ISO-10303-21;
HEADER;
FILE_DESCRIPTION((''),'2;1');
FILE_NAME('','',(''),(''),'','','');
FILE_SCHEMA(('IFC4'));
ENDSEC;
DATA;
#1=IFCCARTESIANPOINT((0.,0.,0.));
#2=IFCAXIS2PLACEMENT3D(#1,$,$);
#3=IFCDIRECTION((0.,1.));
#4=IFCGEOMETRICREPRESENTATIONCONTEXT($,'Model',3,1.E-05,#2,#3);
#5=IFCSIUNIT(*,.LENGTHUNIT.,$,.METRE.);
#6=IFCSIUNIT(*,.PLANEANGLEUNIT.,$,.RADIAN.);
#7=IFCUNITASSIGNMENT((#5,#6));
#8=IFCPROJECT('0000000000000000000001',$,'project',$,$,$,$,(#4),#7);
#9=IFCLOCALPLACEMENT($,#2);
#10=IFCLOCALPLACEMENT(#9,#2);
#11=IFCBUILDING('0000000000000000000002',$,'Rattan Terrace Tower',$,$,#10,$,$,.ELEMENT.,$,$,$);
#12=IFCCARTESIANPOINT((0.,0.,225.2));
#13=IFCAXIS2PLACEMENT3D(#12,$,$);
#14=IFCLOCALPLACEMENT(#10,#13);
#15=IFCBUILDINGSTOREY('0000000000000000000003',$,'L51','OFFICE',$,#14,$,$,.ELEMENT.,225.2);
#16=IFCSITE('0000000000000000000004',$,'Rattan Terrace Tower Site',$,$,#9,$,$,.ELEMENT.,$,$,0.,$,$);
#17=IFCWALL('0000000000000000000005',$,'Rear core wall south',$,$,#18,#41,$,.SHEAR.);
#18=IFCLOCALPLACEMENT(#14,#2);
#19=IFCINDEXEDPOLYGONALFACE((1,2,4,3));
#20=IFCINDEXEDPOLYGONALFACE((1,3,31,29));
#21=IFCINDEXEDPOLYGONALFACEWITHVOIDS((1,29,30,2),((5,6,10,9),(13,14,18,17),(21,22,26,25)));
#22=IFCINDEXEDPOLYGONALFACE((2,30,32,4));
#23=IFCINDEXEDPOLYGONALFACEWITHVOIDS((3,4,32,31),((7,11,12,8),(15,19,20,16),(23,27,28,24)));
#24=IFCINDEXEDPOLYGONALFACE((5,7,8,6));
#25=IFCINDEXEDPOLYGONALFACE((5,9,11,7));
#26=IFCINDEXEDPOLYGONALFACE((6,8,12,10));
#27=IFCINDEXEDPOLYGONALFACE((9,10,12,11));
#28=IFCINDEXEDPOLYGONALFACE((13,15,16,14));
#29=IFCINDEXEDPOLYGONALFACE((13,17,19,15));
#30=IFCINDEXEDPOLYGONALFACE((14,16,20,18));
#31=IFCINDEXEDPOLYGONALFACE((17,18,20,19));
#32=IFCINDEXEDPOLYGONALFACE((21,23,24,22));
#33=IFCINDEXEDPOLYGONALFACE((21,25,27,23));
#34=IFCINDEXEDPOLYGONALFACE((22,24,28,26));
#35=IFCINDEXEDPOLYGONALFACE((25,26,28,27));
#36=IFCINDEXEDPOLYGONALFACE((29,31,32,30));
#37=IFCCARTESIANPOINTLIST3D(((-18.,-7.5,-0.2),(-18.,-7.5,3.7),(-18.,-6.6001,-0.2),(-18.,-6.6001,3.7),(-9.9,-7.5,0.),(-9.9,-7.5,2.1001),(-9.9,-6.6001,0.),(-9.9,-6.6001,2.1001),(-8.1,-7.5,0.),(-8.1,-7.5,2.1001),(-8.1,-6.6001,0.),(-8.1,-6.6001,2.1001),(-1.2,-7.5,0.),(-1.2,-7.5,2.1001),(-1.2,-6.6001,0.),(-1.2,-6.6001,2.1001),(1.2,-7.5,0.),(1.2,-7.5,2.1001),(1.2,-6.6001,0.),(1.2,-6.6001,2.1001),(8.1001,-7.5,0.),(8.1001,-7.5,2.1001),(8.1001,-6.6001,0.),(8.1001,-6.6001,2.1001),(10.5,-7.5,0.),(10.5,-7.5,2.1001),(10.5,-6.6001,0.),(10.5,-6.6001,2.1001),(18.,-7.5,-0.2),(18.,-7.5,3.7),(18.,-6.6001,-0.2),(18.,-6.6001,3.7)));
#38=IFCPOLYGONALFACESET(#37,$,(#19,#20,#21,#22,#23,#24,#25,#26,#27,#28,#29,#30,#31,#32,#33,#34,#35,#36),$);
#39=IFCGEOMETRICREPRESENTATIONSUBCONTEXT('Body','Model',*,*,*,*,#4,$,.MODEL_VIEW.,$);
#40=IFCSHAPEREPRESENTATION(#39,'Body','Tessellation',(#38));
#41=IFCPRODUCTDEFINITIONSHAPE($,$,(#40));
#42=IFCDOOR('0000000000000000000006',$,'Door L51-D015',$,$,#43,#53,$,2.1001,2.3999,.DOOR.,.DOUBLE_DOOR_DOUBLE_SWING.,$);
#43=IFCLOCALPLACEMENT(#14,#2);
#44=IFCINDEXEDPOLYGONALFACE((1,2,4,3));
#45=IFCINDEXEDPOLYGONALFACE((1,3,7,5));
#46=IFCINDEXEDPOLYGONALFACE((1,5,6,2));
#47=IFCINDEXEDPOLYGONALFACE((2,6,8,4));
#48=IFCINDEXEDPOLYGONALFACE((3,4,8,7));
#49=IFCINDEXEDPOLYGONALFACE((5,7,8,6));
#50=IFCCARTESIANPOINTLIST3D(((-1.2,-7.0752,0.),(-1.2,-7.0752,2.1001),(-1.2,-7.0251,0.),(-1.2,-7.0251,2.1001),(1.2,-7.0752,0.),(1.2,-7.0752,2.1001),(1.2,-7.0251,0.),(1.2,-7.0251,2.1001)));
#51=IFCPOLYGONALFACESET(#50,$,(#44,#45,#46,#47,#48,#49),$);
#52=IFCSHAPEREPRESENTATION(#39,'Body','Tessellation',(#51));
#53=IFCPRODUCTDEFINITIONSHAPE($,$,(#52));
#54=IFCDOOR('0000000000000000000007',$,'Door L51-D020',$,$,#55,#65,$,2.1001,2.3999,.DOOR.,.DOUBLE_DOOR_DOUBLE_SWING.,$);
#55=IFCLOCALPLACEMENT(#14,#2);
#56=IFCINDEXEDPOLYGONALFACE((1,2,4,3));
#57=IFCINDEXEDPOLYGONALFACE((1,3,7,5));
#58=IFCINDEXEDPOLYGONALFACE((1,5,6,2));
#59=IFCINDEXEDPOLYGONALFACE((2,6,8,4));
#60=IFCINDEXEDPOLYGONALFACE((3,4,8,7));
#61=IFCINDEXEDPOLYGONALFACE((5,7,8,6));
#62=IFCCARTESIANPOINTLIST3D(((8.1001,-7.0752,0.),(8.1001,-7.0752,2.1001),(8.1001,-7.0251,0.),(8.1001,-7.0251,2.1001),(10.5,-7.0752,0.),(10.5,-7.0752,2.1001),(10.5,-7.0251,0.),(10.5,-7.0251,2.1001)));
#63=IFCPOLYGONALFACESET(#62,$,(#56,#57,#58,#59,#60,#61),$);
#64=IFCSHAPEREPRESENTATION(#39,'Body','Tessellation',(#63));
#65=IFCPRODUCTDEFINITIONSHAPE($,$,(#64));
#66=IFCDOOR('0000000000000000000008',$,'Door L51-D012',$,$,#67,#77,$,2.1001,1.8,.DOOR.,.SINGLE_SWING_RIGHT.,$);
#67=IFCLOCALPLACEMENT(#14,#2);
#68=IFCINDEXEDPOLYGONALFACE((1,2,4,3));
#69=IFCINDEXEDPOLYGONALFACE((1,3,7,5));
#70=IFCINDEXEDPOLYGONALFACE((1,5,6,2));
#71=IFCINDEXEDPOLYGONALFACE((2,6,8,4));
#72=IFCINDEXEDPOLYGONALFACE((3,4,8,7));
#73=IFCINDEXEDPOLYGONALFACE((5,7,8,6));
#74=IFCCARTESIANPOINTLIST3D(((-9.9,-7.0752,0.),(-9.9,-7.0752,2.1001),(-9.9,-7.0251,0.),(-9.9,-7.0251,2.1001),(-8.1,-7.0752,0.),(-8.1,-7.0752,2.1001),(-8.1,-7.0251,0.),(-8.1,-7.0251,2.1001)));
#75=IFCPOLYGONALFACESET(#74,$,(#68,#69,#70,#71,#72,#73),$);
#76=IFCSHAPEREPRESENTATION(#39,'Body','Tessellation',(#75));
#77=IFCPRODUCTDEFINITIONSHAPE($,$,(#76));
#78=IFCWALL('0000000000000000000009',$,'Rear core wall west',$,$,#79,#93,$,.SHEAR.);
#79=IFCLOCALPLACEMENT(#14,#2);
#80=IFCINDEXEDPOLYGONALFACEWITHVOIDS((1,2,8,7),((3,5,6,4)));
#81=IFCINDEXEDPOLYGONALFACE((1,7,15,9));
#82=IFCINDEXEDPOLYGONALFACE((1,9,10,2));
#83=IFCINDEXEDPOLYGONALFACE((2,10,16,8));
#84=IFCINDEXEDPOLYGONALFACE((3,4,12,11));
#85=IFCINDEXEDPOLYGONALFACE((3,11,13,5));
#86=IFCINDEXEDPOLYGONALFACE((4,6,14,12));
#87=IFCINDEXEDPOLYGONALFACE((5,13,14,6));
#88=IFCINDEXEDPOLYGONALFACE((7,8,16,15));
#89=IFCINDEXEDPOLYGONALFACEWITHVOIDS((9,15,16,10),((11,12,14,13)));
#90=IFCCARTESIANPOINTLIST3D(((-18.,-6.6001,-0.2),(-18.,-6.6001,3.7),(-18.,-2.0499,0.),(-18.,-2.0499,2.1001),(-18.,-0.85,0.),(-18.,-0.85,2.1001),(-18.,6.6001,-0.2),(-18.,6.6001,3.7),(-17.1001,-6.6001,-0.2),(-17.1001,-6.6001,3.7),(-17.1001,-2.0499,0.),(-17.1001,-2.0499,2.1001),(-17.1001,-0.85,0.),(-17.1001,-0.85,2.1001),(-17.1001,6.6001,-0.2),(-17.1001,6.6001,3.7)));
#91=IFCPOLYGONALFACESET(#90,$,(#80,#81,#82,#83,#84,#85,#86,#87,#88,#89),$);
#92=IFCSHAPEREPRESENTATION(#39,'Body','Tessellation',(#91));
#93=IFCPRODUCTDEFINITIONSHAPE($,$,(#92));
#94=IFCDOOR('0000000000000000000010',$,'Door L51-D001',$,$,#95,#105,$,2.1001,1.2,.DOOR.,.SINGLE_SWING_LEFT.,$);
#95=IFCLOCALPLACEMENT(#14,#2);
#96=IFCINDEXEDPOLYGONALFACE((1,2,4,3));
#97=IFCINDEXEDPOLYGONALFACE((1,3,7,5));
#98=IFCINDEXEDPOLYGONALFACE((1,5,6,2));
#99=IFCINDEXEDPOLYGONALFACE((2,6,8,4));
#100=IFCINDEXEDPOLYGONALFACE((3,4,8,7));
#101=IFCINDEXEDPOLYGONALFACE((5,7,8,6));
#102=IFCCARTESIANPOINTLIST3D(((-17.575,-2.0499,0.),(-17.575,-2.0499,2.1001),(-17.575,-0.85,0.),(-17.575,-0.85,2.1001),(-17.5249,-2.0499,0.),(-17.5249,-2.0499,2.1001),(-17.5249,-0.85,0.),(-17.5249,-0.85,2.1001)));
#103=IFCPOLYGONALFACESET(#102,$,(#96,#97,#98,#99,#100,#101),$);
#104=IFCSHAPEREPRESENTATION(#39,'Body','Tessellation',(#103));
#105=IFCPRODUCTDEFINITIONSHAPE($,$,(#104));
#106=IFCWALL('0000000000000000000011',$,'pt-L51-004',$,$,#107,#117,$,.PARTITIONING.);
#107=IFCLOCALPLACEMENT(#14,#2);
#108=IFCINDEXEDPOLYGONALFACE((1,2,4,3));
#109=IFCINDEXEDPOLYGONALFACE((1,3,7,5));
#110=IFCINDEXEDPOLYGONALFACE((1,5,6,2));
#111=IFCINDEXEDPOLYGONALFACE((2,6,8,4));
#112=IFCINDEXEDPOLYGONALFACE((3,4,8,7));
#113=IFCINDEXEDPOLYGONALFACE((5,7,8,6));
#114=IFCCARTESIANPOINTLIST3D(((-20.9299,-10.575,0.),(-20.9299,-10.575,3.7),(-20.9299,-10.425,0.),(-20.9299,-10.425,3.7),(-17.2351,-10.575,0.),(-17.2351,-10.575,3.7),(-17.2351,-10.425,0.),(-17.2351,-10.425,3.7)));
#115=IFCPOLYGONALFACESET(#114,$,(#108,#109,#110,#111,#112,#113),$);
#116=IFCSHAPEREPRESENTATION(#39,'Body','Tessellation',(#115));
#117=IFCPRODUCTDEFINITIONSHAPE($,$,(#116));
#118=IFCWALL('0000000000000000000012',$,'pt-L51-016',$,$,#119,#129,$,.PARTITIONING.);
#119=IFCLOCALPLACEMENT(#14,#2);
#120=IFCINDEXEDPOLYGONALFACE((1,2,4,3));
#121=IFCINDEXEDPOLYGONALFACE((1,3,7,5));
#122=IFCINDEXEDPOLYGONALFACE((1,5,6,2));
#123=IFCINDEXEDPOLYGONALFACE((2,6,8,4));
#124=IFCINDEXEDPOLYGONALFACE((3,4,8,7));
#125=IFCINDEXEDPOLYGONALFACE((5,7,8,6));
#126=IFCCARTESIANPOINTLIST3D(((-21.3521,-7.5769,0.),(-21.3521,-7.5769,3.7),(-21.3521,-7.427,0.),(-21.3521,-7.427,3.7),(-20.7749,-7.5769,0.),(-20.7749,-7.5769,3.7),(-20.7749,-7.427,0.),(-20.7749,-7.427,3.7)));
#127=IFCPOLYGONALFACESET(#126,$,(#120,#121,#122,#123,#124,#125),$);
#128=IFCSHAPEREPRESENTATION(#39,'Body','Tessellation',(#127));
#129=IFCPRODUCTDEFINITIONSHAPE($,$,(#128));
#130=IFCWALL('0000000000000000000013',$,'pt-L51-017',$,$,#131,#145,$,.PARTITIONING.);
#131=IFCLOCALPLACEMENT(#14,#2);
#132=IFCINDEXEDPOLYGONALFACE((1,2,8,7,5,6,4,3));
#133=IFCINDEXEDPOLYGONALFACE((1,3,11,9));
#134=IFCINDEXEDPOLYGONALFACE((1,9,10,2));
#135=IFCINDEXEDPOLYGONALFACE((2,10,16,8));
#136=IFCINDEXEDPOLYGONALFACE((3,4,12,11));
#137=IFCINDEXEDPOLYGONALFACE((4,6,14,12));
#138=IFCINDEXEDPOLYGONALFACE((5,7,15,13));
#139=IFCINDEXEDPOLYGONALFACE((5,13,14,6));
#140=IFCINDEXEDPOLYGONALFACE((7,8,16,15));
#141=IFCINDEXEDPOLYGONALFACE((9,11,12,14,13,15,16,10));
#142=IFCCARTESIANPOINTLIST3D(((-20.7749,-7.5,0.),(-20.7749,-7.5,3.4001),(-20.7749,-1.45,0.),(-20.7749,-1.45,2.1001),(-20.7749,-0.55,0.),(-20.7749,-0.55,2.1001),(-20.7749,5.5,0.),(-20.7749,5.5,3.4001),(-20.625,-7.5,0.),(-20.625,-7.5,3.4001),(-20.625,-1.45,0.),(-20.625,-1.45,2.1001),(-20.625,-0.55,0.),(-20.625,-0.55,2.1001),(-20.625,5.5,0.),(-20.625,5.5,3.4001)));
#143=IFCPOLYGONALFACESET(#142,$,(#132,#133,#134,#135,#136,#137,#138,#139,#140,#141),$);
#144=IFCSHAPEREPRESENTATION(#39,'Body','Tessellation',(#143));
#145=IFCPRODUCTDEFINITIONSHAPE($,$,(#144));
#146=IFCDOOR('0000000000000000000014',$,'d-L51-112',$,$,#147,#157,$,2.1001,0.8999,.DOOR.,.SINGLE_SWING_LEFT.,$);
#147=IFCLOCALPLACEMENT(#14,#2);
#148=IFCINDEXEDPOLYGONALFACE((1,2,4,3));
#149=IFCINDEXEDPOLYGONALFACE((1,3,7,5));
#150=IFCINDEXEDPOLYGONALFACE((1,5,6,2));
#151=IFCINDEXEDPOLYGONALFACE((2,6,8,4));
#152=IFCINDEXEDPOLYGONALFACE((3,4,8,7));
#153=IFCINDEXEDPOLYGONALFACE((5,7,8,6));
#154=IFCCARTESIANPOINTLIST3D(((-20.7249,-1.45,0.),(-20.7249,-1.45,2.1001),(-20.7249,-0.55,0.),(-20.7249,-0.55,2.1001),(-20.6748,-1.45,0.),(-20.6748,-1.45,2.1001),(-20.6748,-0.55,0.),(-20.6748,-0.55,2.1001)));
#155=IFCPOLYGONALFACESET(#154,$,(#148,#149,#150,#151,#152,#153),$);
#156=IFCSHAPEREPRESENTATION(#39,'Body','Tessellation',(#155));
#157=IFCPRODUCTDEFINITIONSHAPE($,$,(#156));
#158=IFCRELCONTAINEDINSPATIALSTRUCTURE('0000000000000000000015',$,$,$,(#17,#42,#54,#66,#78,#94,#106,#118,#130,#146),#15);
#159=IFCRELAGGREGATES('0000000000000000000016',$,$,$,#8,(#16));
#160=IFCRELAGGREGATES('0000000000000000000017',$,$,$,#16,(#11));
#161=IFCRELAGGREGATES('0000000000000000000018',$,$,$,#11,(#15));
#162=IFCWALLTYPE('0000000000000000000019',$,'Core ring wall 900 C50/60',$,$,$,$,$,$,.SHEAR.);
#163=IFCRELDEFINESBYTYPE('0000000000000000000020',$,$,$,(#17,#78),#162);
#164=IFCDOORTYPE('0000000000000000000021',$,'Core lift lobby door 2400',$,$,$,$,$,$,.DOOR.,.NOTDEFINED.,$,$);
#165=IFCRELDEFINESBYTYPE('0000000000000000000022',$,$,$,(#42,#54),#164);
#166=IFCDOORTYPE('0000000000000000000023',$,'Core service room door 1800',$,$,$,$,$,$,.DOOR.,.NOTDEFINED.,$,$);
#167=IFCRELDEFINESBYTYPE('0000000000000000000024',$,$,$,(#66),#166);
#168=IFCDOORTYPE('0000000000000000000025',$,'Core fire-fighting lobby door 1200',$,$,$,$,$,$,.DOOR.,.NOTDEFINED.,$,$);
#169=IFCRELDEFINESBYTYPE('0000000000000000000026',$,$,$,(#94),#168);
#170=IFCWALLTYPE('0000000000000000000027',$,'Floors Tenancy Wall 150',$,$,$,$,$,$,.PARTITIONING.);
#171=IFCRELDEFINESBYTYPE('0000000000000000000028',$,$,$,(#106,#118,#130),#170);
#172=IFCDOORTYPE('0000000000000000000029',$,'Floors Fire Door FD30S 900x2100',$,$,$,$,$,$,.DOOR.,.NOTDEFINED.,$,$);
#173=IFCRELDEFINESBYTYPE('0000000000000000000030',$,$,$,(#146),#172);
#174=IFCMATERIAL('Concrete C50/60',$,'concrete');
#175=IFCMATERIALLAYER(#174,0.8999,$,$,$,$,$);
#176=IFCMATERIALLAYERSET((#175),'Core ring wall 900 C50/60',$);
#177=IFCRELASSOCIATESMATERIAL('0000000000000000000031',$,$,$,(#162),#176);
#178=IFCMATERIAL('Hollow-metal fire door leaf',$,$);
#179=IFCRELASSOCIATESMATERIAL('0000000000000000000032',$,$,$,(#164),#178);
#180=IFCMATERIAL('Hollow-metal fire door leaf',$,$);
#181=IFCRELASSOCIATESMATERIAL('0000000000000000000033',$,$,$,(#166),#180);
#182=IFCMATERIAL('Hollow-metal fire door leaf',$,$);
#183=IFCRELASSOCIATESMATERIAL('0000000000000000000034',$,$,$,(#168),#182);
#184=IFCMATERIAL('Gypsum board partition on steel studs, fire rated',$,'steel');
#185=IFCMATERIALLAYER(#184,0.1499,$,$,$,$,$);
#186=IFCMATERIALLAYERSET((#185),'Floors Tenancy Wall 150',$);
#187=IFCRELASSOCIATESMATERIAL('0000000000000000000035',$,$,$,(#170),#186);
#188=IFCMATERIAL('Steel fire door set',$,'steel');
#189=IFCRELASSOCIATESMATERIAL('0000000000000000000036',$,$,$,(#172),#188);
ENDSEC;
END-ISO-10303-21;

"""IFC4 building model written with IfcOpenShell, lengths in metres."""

from ifc_helpers import new_model, si_unit, direction, frame, frame_2d, origin, place, context, subcontext, project, spatial, rectangle, extrude, material, layer, layer_set, type_object, element, fill, save


model = new_model("IFC4")

# Units and contexts
model_context = context("Model", 3, precision=1e-05, world=origin(), true_north=direction((0.0, 1.0)))
body_context = subcontext(model_context, "Body", "Model", "MODEL_VIEW")
ifc_project = project(units=[si_unit("LENGTHUNIT", "METRE"), si_unit("PLANEANGLEUNIT", "RADIAN")], contexts=[model_context])

# Site, building, storey
site_placement = place(None, origin())
site = spatial("IfcSite", under=ifc_project, at=site_placement, Name="Rattan Terrace Tower Site", CompositionType="ELEMENT", RefElevation=0.0)
building_placement = place(site_placement, origin())
building = spatial("IfcBuilding", under=site, at=building_placement, Name="Rattan Terrace Tower", CompositionType="ELEMENT")
storey_placement = place(building_placement, frame((0.0, 0.0, 225.2)))
storey = spatial("IfcBuildingStorey", under=building, at=storey_placement, Name="L51", Description="OFFICE", CompositionType="ELEMENT", Elevation=225.2)

# Wall, openings, doors
ifc_material_1 = material(Name="Concrete C50/60", Category="concrete")
ifc_layer_1 = layer(ifc_material_1, 0.8999)
ifc_layer_set_1 = layer_set([ifc_layer_1], Name="Core ring wall 900 C50/60")
wall_type_1 = type_object("IfcWallType", Name="Core ring wall 900 C50/60", PredefinedType="SHEAR", material=ifc_layer_set_1)
wall_1_placement = place(storey_placement, frame((-18.0, -7.05, -0.2), z_axis=(0.0, 0.0, 1.0), x_axis=(1.0, 0.0, 0.0)))
wall_1 = element("IfcWall", 1, at=wall_1_placement, inside=storey, type_object=wall_type_1, Name="Rear core wall south", PredefinedType="SHEAR", context=body_context, shape_type="SweptSolid", body=[
    extrude(rectangle(XDim=36.0, YDim=0.8999, at=frame_2d((18.0, 0.0))), origin(), (0.0, 0.0, 1.0), 3.8999),
])
opening_1_placement = place(wall_1_placement, frame((8.1001, 0.0, 0.2)))
opening_1 = element("IfcOpeningElement", 2, at=opening_1_placement, cuts=wall_1, PredefinedType="OPENING", context=body_context, shape_type="SweptSolid", body=[
    extrude(rectangle(XDim=1.8, YDim=2.1001, at=frame_2d((0.8999, 1.05))), frame((0.0, 0.4604, 0.0), z_axis=(0.0, -1.0, 0.0), x_axis=(1.0, 0.0, 0.0)), (0.0, 0.0, 1.0), 0.9209),
])
opening_2_placement = place(wall_1_placement, frame((16.8, 0.0, 0.2)))
opening_2 = element("IfcOpeningElement", 3, at=opening_2_placement, cuts=wall_1, PredefinedType="OPENING", context=body_context, shape_type="SweptSolid", body=[
    extrude(rectangle(XDim=2.3999, YDim=2.1001, at=frame_2d((1.2, 1.05))), frame((0.0, 0.4604, 0.0), z_axis=(0.0, -1.0, 0.0), x_axis=(1.0, 0.0, 0.0)), (0.0, 0.0, 1.0), 0.9209),
])
opening_3_placement = place(wall_1_placement, frame((26.1001, 0.0, 0.2)))
opening_3 = element("IfcOpeningElement", 4, at=opening_3_placement, cuts=wall_1, PredefinedType="OPENING", context=body_context, shape_type="SweptSolid", body=[
    extrude(rectangle(XDim=2.3999, YDim=2.1001, at=frame_2d((1.2, 1.05))), frame((0.0, 0.4604, 0.0), z_axis=(0.0, -1.0, 0.0), x_axis=(1.0, 0.0, 0.0)), (0.0, 0.0, 1.0), 0.9209),
])
ifc_material_2 = material(Name="Hollow-metal fire door leaf")
door_type_1 = type_object("IfcDoorType", Name="Core lift lobby door 2400", OperationType="NOTDEFINED", PredefinedType="DOOR", material=ifc_material_2)
door_1_placement = place(opening_2_placement, origin())
door_1 = element("IfcDoor", 5, at=door_1_placement, inside=storey, type_object=door_type_1, Name="Door L51-D015", OperationType="DOUBLE_DOOR_DOUBLE_SWING", OverallHeight=2.1001, OverallWidth=2.3999, PredefinedType="DOOR", context=body_context, shape_type="SweptSolid", body=[
    extrude(rectangle(XDim=2.3999, YDim=2.1001, at=frame_2d((1.2, 1.05))), frame((0.0, 0.0249, 0.0), z_axis=(0.0, -1.0, 0.0), x_axis=(1.0, 0.0, 0.0)), (0.0, 0.0, 1.0), 0.05),
])
fill(opening_2, door_1)
door_2_placement = place(opening_3_placement, origin())
door_2 = element("IfcDoor", 6, at=door_2_placement, inside=storey, type_object=door_type_1, Name="Door L51-D020", OperationType="DOUBLE_DOOR_DOUBLE_SWING", OverallHeight=2.1001, OverallWidth=2.3999, PredefinedType="DOOR", context=body_context, shape_type="SweptSolid", body=[
    extrude(rectangle(XDim=2.3999, YDim=2.1001, at=frame_2d((1.2, 1.05))), frame((0.0, 0.0249, 0.0), z_axis=(0.0, -1.0, 0.0), x_axis=(1.0, 0.0, 0.0)), (0.0, 0.0, 1.0), 0.05),
])
fill(opening_3, door_2)
ifc_material_3 = material(Name="Hollow-metal fire door leaf")
door_type_2 = type_object("IfcDoorType", Name="Core service room door 1800", OperationType="NOTDEFINED", PredefinedType="DOOR", material=ifc_material_3)
door_3_placement = place(opening_1_placement, origin())
door_3 = element("IfcDoor", 7, at=door_3_placement, inside=storey, type_object=door_type_2, Name="Door L51-D012", OperationType="SINGLE_SWING_RIGHT", OverallHeight=2.1001, OverallWidth=1.8, PredefinedType="DOOR", context=body_context, shape_type="SweptSolid", body=[
    extrude(rectangle(XDim=1.8, YDim=2.1001, at=frame_2d((0.8999, 1.05))), frame((0.0, 0.0249, 0.0), z_axis=(0.0, -1.0, 0.0), x_axis=(1.0, 0.0, 0.0)), (0.0, 0.0, 1.0), 0.05),
])
fill(opening_1, door_3)

# Wall, opening, door
wall_2_placement = place(storey_placement, frame((-17.55, -6.6001, -0.2), z_axis=(0.0, 0.0, 1.0), x_axis=(0.0, 1.0, 0.0)))
wall_2 = element("IfcWall", 8, at=wall_2_placement, inside=storey, type_object=wall_type_1, Name="Rear core wall west", PredefinedType="SHEAR", context=body_context, shape_type="SweptSolid", body=[
    extrude(rectangle(XDim=13.2002, YDim=0.8999, at=frame_2d((6.6001, 0.0))), origin(), (0.0, 0.0, 1.0), 3.8999),
])
opening_4_placement = place(wall_2_placement, frame((4.55, 0.0, 0.2)))
opening_4 = element("IfcOpeningElement", 9, at=opening_4_placement, cuts=wall_2, PredefinedType="OPENING", context=body_context, shape_type="SweptSolid", body=[
    extrude(rectangle(XDim=1.2, YDim=2.1001, at=frame_2d((0.6001, 1.05))), frame((0.0, 0.4604, 0.0), z_axis=(0.0, -1.0, 0.0), x_axis=(1.0, 0.0, 0.0)), (0.0, 0.0, 1.0), 0.9209),
])
ifc_material_4 = material(Name="Hollow-metal fire door leaf")
door_type_3 = type_object("IfcDoorType", Name="Core fire-fighting lobby door 1200", OperationType="NOTDEFINED", PredefinedType="DOOR", material=ifc_material_4)
door_4_placement = place(opening_4_placement, origin())
door_4 = element("IfcDoor", 10, at=door_4_placement, inside=storey, type_object=door_type_3, Name="Door L51-D001", OperationType="SINGLE_SWING_LEFT", OverallHeight=2.1001, OverallWidth=1.2, PredefinedType="DOOR", context=body_context, shape_type="SweptSolid", body=[
    extrude(rectangle(XDim=1.2, YDim=2.1001, at=frame_2d((0.6001, 1.05))), frame((0.0, 0.0249, 0.0), z_axis=(0.0, -1.0, 0.0), x_axis=(1.0, 0.0, 0.0)), (0.0, 0.0, 1.0), 0.05),
])
fill(opening_4, door_4)

# Walls
ifc_material_5 = material(Name="Gypsum board partition on steel studs, fire rated", Category="steel")
ifc_layer_2 = layer(ifc_material_5, 0.1499)
ifc_layer_set_2 = layer_set([ifc_layer_2], Name="Floors Tenancy Wall 150")
wall_type_2 = type_object("IfcWallType", Name="Floors Tenancy Wall 150", PredefinedType="PARTITIONING", material=ifc_layer_set_2)
wall_3_placement = place(storey_placement, frame((-17.2351, -10.5, 0.0), z_axis=(0.0, 0.0, 1.0), x_axis=(-1.0, 0.0, 0.0)))
element("IfcWall", 11, at=wall_3_placement, inside=storey, type_object=wall_type_2, Name="pt-L51-004", PredefinedType="PARTITIONING", context=body_context, shape_type="SweptSolid", body=[
    extrude(rectangle(XDim=3.6948, YDim=0.1499, at=frame_2d((1.8474, 0.0))), origin(), (0.0, 0.0, 1.0), 3.7),
])
wall_4_placement = place(storey_placement, frame((-21.3521, -7.502, 0.0), z_axis=(0.0, 0.0, 1.0), x_axis=(1.0, 0.0, 0.0)))
element("IfcWall", 12, at=wall_4_placement, inside=storey, type_object=wall_type_2, Name="pt-L51-016", PredefinedType="PARTITIONING", context=body_context, shape_type="SweptSolid", body=[
    extrude(rectangle(XDim=0.5771, YDim=0.1499, at=frame_2d((0.2886, 0.0))), origin(), (0.0, 0.0, 1.0), 3.7),
])

# Wall, opening, door
wall_5_placement = place(storey_placement, frame((-20.7, -7.5, 0.0), z_axis=(0.0, 0.0, 1.0), x_axis=(0.0, 1.0, 0.0)))
wall_5 = element("IfcWall", 13, at=wall_5_placement, inside=storey, type_object=wall_type_2, Name="pt-L51-017", PredefinedType="PARTITIONING", context=body_context, shape_type="SweptSolid", body=[
    extrude(rectangle(XDim=13.0, YDim=0.1499, at=frame_2d((6.5, 0.0))), origin(), (0.0, 0.0, 1.0), 3.4001),
])
opening_5_placement = place(wall_5_placement, frame((6.05, 0.0, 0.0)))
opening_5 = element("IfcOpeningElement", 14, at=opening_5_placement, cuts=wall_5, PredefinedType="OPENING", context=body_context, shape_type="SweptSolid", body=[
    extrude(rectangle(XDim=0.8999, YDim=2.1001, at=frame_2d((0.45, 1.05))), frame((0.0, 0.0854, 0.0), z_axis=(0.0, -1.0, 0.0), x_axis=(1.0, 0.0, 0.0)), (0.0, 0.0, 1.0), 0.1709),
])
ifc_material_6 = material(Name="Steel fire door set", Category="steel")
door_type_4 = type_object("IfcDoorType", Name="Floors Fire Door FD30S 900x2100", OperationType="NOTDEFINED", PredefinedType="DOOR", material=ifc_material_6)
door_5_placement = place(opening_5_placement, origin())
door_5 = element("IfcDoor", 15, at=door_5_placement, inside=storey, type_object=door_type_4, Name="d-L51-112", OperationType="SINGLE_SWING_LEFT", OverallHeight=2.1001, OverallWidth=0.8999, PredefinedType="DOOR", context=body_context, shape_type="SweptSolid", body=[
    extrude(rectangle(XDim=0.8999, YDim=2.1001, at=frame_2d((0.45, 1.05))), frame((0.0, 0.0249, 0.0), z_axis=(0.0, -1.0, 0.0), x_axis=(1.0, 0.0, 0.0)), (0.0, 0.0, 1.0), 0.05),
])
fill(opening_5, door_5)

save(model, "model.ifc")
